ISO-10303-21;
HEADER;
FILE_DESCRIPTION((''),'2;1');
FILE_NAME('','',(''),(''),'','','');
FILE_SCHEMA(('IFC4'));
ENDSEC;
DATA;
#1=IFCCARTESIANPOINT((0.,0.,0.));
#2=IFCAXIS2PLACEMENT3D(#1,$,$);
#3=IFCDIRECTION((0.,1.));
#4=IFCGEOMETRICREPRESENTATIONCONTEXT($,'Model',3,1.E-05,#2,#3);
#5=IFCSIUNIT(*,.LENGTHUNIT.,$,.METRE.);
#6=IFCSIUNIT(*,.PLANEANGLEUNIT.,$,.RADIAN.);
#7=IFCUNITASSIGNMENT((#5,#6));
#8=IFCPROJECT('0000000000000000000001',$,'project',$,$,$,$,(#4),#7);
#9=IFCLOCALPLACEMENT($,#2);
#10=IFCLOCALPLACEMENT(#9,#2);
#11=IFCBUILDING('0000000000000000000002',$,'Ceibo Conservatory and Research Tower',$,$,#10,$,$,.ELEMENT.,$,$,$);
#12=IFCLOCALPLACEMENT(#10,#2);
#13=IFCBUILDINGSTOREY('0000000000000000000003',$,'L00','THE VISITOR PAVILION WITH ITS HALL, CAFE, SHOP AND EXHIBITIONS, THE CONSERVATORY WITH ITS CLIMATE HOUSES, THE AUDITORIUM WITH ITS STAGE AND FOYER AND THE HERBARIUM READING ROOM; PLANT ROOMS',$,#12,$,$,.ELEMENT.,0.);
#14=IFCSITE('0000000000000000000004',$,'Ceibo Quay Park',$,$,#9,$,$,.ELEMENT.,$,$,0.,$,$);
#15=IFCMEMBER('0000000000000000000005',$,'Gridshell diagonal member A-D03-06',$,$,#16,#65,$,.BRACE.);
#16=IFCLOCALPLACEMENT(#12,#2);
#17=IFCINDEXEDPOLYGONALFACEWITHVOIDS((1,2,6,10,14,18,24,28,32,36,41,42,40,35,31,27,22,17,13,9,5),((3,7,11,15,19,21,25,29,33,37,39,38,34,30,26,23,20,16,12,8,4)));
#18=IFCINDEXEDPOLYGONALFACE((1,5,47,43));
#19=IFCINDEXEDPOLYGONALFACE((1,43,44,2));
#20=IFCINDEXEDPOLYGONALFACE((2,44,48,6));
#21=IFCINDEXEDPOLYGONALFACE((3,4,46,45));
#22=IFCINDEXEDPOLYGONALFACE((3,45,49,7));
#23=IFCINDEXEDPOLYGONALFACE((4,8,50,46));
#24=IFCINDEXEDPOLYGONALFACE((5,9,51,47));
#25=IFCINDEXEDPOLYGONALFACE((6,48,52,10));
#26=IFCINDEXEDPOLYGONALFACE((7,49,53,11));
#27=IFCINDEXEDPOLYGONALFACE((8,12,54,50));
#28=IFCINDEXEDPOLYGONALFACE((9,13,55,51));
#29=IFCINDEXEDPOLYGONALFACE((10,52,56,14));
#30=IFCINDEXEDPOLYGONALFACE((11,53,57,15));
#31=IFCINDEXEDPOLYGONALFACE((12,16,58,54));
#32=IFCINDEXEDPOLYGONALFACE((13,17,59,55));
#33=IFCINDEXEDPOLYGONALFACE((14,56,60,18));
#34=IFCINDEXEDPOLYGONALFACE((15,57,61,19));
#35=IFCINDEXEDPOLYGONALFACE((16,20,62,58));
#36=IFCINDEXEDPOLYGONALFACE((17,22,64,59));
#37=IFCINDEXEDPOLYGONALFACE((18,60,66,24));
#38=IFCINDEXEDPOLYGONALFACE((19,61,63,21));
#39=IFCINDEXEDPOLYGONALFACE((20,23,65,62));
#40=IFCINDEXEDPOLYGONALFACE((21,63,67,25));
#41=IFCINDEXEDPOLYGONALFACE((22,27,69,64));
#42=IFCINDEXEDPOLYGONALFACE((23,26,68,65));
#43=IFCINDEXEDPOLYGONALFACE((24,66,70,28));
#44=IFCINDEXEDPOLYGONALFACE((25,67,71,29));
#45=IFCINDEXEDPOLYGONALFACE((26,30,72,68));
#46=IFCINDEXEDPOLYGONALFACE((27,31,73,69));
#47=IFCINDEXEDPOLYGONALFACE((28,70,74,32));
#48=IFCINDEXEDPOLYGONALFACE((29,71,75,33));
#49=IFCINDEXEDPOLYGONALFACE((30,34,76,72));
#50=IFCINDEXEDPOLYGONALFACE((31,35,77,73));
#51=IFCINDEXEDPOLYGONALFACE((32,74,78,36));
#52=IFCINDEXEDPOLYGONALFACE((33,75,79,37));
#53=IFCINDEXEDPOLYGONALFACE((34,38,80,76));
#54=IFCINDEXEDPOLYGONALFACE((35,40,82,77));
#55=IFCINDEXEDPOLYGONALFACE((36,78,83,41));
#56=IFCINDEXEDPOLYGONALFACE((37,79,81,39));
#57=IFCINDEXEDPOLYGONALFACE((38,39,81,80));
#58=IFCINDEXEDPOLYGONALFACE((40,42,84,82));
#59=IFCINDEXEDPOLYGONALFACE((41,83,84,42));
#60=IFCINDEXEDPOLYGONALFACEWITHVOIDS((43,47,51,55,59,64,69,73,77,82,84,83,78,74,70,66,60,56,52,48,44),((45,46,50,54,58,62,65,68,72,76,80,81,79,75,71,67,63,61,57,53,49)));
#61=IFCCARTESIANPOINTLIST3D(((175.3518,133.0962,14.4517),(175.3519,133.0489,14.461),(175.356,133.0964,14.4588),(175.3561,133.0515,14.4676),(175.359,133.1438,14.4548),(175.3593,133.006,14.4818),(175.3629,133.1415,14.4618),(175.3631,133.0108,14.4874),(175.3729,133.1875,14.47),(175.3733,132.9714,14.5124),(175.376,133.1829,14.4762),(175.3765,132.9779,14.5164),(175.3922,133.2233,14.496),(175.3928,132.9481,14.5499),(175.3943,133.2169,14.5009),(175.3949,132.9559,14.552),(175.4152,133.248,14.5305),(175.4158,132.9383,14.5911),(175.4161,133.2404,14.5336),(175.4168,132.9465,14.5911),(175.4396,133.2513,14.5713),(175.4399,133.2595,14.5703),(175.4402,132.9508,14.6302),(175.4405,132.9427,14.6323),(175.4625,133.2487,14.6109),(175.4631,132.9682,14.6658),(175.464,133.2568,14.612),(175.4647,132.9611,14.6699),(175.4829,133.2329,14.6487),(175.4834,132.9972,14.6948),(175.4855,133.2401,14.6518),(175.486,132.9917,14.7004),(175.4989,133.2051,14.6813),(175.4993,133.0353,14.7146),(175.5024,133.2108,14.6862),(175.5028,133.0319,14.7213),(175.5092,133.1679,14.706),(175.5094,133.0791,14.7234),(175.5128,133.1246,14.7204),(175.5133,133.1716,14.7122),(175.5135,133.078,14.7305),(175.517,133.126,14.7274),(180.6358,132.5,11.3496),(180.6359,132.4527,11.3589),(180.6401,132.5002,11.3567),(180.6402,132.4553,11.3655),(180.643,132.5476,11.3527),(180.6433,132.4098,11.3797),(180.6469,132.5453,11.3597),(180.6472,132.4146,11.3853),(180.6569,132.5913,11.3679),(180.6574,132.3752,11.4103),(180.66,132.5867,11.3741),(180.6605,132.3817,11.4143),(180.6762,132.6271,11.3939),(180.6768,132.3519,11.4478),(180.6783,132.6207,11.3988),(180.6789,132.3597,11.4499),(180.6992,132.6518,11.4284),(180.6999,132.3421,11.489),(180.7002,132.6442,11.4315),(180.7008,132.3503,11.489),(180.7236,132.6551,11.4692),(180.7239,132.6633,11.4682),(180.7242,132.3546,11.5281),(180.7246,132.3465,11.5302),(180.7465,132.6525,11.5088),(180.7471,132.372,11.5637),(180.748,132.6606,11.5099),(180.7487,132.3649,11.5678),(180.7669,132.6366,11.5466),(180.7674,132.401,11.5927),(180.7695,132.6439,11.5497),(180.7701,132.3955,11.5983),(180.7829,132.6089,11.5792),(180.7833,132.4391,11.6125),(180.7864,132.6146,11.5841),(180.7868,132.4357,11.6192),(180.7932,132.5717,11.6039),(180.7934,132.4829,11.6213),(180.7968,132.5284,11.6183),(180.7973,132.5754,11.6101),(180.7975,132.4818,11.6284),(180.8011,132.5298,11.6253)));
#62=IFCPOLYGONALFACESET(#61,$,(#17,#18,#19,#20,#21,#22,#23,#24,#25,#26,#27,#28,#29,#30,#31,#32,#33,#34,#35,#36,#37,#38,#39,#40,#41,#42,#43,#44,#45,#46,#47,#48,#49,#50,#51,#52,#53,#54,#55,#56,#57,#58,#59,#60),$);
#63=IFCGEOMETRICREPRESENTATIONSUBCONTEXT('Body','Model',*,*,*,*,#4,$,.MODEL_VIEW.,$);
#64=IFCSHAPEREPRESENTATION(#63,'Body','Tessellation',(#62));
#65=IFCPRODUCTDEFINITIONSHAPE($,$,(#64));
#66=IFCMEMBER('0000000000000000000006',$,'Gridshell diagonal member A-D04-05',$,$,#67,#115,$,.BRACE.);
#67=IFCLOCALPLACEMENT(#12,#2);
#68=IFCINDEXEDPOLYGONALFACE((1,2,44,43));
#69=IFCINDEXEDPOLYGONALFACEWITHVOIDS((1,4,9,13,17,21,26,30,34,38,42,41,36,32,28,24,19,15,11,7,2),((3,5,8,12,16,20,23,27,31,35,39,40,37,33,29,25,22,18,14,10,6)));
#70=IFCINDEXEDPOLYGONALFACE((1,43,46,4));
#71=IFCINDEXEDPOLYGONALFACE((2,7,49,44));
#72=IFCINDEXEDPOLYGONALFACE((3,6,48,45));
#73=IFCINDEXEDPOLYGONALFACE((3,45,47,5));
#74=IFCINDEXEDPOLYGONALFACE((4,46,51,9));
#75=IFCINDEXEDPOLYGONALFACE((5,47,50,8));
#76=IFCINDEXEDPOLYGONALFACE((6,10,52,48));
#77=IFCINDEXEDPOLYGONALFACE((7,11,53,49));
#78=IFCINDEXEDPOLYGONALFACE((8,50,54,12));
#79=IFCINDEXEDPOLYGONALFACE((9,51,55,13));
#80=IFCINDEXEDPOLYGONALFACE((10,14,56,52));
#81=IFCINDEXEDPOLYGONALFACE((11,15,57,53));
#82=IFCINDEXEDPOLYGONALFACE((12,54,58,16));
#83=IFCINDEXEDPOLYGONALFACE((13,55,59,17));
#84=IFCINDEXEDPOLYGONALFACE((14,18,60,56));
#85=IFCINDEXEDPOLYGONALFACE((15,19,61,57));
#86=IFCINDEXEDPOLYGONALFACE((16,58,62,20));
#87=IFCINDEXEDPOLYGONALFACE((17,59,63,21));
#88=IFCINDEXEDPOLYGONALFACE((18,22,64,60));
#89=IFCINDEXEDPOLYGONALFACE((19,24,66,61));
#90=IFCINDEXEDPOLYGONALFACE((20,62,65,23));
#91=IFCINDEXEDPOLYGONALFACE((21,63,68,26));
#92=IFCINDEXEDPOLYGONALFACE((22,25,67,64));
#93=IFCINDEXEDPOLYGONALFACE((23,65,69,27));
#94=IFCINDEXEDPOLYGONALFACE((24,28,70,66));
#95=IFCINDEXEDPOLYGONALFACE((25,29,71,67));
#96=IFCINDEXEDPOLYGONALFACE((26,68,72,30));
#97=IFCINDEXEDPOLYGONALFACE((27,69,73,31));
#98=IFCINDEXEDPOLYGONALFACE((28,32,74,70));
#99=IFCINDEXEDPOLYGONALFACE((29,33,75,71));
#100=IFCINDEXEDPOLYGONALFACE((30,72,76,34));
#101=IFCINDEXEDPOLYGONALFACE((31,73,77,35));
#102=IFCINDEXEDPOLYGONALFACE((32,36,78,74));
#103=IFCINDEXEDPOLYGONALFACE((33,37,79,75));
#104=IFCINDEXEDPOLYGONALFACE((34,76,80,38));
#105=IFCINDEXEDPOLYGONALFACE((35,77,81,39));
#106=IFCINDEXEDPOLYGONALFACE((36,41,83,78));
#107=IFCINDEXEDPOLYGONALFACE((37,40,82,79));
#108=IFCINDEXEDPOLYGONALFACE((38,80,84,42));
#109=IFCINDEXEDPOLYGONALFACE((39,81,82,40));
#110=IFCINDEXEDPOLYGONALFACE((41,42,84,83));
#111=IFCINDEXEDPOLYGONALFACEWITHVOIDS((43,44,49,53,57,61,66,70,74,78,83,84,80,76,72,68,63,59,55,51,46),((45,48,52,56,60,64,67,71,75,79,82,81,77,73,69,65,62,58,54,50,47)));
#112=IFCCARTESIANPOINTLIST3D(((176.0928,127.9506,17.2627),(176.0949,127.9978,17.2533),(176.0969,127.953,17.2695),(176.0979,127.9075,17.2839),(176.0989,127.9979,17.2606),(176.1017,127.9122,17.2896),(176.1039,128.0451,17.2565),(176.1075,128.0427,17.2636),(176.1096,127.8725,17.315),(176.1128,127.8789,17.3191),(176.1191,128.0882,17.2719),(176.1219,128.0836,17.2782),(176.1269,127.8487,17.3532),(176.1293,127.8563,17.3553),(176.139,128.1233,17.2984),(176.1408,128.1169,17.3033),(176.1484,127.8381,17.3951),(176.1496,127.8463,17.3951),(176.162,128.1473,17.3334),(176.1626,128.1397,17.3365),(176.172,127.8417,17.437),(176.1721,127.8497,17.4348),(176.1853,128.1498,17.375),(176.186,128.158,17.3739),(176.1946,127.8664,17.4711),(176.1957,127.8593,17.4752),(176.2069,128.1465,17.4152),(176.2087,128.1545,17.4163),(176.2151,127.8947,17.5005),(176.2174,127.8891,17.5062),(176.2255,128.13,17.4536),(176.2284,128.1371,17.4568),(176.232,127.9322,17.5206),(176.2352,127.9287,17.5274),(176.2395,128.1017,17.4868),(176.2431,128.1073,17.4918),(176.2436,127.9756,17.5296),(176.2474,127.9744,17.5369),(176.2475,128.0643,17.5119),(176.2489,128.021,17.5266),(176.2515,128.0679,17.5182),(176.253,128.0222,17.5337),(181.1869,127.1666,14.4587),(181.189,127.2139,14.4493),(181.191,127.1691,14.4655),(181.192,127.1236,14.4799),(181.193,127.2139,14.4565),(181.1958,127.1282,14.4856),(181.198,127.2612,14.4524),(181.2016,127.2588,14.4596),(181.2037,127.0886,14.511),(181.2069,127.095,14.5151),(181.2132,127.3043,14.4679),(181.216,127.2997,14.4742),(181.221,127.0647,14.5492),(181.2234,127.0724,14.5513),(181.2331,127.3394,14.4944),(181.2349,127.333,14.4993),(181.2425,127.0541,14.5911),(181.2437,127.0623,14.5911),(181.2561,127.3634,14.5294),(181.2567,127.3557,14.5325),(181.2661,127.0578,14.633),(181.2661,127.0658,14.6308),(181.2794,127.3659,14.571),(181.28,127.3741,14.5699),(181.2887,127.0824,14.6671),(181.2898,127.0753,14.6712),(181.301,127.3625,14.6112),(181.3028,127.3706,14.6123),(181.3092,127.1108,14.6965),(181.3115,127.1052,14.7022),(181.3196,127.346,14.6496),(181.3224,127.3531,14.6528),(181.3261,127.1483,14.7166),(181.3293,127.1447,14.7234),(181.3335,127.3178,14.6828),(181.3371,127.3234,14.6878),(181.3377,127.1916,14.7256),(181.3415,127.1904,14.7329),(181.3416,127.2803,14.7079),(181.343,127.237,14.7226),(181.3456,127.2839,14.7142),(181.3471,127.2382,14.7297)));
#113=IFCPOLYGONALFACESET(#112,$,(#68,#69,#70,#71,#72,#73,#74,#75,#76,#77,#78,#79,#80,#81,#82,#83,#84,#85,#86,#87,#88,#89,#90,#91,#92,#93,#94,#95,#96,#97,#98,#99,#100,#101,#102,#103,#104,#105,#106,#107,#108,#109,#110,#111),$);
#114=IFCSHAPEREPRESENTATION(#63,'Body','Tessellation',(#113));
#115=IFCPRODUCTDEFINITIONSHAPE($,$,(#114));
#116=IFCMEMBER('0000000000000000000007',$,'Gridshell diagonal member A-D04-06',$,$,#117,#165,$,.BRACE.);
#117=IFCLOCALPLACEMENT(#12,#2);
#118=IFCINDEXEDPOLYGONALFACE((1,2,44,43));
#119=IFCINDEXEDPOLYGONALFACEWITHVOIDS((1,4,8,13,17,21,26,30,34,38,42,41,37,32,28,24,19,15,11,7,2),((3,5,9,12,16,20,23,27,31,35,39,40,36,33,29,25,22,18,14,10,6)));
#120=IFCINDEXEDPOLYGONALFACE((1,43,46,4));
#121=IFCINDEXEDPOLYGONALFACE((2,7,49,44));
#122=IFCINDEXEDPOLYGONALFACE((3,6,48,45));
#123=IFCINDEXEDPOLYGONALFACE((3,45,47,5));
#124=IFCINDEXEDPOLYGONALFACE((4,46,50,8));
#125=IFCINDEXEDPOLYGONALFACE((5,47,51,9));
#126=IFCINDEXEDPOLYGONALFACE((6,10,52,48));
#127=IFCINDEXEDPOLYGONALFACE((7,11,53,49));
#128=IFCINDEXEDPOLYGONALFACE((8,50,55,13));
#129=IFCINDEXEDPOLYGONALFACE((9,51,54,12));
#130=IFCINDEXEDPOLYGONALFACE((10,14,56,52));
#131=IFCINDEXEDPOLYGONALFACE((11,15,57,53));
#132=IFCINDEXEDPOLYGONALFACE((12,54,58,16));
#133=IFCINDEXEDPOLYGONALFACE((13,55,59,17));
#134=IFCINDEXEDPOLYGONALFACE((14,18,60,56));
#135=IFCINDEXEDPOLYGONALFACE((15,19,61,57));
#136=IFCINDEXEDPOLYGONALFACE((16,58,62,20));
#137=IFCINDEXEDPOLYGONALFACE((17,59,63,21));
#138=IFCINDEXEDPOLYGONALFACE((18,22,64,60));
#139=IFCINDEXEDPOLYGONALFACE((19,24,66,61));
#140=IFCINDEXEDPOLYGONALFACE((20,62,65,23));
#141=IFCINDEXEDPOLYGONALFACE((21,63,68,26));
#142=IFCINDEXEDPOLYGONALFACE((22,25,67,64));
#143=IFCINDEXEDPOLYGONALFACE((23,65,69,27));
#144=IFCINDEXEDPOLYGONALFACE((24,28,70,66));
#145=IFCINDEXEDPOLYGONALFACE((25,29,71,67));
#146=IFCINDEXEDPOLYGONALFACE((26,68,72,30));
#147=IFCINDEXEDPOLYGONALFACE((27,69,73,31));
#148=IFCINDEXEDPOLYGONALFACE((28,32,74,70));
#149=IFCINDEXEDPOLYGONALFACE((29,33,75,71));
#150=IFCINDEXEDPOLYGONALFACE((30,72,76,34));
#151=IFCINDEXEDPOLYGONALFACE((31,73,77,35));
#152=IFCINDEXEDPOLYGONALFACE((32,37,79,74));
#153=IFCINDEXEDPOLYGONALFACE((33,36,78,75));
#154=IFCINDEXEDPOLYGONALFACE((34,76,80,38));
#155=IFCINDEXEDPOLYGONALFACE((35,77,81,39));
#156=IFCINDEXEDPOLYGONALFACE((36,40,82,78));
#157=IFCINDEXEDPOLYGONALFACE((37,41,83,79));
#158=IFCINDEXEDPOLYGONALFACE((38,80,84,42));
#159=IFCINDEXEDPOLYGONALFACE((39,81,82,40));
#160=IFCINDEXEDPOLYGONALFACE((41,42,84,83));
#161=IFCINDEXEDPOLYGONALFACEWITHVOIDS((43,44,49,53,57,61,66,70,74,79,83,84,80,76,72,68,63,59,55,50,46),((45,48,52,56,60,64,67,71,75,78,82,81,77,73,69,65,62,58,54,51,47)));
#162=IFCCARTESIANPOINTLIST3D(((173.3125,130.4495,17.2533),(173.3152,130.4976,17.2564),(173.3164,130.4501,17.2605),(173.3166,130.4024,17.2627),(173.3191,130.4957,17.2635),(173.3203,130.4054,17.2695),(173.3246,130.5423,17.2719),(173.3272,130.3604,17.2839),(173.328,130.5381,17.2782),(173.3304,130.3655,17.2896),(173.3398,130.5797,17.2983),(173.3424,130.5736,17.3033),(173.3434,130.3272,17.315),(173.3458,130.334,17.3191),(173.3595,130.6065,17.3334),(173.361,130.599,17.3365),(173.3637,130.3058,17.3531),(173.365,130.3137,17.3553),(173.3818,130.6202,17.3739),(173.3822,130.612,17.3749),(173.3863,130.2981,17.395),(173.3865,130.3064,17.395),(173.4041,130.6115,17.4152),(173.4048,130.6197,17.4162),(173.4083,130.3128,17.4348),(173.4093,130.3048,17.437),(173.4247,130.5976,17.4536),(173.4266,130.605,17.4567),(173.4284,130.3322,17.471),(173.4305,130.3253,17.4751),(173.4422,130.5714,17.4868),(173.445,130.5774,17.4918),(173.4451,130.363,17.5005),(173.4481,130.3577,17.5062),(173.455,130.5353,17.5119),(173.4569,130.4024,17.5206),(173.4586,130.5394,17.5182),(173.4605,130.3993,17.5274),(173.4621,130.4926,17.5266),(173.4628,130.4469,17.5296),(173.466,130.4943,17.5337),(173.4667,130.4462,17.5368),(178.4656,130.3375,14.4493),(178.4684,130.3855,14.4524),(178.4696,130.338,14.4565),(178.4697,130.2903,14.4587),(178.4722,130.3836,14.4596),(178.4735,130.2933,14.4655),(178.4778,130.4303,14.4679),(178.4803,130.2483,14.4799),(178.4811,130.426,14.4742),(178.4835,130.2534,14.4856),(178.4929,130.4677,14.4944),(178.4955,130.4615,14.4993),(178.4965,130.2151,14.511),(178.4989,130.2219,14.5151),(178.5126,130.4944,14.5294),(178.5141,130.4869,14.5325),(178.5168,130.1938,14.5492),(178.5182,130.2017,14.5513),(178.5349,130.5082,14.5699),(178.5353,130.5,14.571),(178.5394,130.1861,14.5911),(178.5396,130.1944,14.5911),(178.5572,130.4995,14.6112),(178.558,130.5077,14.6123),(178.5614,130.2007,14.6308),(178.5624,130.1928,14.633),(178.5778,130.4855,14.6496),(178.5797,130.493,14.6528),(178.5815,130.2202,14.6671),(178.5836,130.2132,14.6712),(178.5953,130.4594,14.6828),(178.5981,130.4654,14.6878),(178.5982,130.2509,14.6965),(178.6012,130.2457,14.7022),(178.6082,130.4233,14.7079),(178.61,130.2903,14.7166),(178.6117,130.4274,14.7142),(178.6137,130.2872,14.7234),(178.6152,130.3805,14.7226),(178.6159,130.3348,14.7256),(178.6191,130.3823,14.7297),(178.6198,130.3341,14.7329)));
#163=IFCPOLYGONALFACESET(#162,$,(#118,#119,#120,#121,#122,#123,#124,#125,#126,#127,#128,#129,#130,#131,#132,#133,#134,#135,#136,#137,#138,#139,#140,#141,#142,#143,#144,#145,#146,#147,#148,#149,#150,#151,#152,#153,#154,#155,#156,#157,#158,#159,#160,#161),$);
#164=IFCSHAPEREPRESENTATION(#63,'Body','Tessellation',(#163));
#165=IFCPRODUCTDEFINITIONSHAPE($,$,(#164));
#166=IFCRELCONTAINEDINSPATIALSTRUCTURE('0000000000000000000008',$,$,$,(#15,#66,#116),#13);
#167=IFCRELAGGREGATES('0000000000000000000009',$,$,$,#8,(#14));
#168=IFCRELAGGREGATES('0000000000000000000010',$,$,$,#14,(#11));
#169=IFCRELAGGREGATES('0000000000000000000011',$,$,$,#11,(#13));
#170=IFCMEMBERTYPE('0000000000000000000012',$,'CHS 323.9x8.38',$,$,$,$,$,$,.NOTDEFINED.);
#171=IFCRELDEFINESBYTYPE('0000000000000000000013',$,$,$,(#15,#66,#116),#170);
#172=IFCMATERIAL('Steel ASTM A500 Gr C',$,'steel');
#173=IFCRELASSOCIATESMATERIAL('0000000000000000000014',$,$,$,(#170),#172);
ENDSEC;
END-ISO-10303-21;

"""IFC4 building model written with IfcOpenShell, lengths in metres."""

from ifc_helpers import new_model, si_unit, direction, frame, origin, origin_2d, place, context, subcontext, project, spatial, hollow_circle, extrude, material, material_profile, profile_set, type_object, element, save


model = new_model("IFC4")

# Units and contexts
model_context = context("Model", 3, precision=1e-05, world=origin(), true_north=direction((0.0, 1.0)))
body_context = subcontext(model_context, "Body", "Model", "MODEL_VIEW")
ifc_project = project(units=[si_unit("LENGTHUNIT", "METRE"), si_unit("PLANEANGLEUNIT", "RADIAN")], contexts=[model_context])

# Site, building, storey
site_placement = place(None, origin())
site = spatial("IfcSite", under=ifc_project, at=site_placement, Name="Ceibo Quay Park", CompositionType="ELEMENT", RefElevation=0.0)
building_placement = place(site_placement, origin())
building = spatial("IfcBuilding", under=site, at=building_placement, Name="Ceibo Conservatory and Research Tower", CompositionType="ELEMENT")
storey_placement = place(building_placement, origin())
storey = spatial("IfcBuildingStorey", under=building, at=storey_placement, Name="L00", Description="THE VISITOR PAVILION WITH ITS HALL, CAFE, SHOP AND EXHIBITIONS, THE CONSERVATORY WITH ITS CLIMATE HOUSES, THE AUDITORIUM WITH ITS STAGE AND FOYER AND THE HERBARIUM READING ROOM; PLANT ROOMS", CompositionType="ELEMENT", Elevation=0.0)

# Members
ifc_material_1 = material(Name="Steel ASTM A500 Gr C", Category="steel")
ifc_material_profile_1 = material_profile(ifc_material_1, hollow_circle(Radius=0.1619, WallThickness=0.0083, at=origin_2d()), Name="CHS 323.9x8.38")
ifc_profile_set_1 = profile_set([ifc_material_profile_1], Name="Steel ASTM A500 Gr C")
member_type_1 = type_object("IfcMemberType", Name="CHS 323.9x8.38", PredefinedType="NOTDEFINED", material=ifc_profile_set_1)
member_1_placement = place(storey_placement, frame((180.718, 132.5029, 11.489), z_axis=(-0.858319, 0.096845, 0.503895), x_axis=(-0.11212, -0.993695, 0.0)))
element("IfcMember", 1, at=member_1_placement, inside=storey, type_object=member_type_1, Name="Gridshell diagonal member A-D03-06", PredefinedType="BRACE", context=body_context, shape_type="SweptSolid", body=[
    extrude(hollow_circle(Radius=0.1619, WallThickness=0.0083, at=origin_2d()), origin(), (0.0, 0.0, 1.0), 6.1562),
])
member_2_placement = place(storey_placement, frame((181.2671, 127.2141, 14.5911), z_axis=(-0.868197, 0.13361, 0.477893), x_axis=(-0.152103, -0.988365, 0.0)))
element("IfcMember", 2, at=member_2_placement, inside=storey, type_object=member_type_1, Name="Gridshell diagonal member A-D04-05", PredefinedType="BRACE", context=body_context, shape_type="SweptSolid", body=[
    extrude(hollow_circle(Radius=0.1619, WallThickness=0.0083, at=origin_2d()), origin(), (0.0, 0.0, 1.0), 5.8674),
])
member_3_placement = place(storey_placement, frame((178.543, 130.3479, 14.5911), z_axis=(-0.878223, 0.019098, 0.47787), x_axis=(-0.021741, -0.999764, 0.0)))
element("IfcMember", 3, at=member_3_placement, inside=storey, type_object=member_type_1, Name="Gridshell diagonal member A-D04-06", PredefinedType="BRACE", context=body_context, shape_type="SweptSolid", body=[
    extrude(hollow_circle(Radius=0.1619, WallThickness=0.0083, at=origin_2d()), origin(), (0.0, 0.0, 1.0), 5.8677),
])

save(model, "model.ifc")
